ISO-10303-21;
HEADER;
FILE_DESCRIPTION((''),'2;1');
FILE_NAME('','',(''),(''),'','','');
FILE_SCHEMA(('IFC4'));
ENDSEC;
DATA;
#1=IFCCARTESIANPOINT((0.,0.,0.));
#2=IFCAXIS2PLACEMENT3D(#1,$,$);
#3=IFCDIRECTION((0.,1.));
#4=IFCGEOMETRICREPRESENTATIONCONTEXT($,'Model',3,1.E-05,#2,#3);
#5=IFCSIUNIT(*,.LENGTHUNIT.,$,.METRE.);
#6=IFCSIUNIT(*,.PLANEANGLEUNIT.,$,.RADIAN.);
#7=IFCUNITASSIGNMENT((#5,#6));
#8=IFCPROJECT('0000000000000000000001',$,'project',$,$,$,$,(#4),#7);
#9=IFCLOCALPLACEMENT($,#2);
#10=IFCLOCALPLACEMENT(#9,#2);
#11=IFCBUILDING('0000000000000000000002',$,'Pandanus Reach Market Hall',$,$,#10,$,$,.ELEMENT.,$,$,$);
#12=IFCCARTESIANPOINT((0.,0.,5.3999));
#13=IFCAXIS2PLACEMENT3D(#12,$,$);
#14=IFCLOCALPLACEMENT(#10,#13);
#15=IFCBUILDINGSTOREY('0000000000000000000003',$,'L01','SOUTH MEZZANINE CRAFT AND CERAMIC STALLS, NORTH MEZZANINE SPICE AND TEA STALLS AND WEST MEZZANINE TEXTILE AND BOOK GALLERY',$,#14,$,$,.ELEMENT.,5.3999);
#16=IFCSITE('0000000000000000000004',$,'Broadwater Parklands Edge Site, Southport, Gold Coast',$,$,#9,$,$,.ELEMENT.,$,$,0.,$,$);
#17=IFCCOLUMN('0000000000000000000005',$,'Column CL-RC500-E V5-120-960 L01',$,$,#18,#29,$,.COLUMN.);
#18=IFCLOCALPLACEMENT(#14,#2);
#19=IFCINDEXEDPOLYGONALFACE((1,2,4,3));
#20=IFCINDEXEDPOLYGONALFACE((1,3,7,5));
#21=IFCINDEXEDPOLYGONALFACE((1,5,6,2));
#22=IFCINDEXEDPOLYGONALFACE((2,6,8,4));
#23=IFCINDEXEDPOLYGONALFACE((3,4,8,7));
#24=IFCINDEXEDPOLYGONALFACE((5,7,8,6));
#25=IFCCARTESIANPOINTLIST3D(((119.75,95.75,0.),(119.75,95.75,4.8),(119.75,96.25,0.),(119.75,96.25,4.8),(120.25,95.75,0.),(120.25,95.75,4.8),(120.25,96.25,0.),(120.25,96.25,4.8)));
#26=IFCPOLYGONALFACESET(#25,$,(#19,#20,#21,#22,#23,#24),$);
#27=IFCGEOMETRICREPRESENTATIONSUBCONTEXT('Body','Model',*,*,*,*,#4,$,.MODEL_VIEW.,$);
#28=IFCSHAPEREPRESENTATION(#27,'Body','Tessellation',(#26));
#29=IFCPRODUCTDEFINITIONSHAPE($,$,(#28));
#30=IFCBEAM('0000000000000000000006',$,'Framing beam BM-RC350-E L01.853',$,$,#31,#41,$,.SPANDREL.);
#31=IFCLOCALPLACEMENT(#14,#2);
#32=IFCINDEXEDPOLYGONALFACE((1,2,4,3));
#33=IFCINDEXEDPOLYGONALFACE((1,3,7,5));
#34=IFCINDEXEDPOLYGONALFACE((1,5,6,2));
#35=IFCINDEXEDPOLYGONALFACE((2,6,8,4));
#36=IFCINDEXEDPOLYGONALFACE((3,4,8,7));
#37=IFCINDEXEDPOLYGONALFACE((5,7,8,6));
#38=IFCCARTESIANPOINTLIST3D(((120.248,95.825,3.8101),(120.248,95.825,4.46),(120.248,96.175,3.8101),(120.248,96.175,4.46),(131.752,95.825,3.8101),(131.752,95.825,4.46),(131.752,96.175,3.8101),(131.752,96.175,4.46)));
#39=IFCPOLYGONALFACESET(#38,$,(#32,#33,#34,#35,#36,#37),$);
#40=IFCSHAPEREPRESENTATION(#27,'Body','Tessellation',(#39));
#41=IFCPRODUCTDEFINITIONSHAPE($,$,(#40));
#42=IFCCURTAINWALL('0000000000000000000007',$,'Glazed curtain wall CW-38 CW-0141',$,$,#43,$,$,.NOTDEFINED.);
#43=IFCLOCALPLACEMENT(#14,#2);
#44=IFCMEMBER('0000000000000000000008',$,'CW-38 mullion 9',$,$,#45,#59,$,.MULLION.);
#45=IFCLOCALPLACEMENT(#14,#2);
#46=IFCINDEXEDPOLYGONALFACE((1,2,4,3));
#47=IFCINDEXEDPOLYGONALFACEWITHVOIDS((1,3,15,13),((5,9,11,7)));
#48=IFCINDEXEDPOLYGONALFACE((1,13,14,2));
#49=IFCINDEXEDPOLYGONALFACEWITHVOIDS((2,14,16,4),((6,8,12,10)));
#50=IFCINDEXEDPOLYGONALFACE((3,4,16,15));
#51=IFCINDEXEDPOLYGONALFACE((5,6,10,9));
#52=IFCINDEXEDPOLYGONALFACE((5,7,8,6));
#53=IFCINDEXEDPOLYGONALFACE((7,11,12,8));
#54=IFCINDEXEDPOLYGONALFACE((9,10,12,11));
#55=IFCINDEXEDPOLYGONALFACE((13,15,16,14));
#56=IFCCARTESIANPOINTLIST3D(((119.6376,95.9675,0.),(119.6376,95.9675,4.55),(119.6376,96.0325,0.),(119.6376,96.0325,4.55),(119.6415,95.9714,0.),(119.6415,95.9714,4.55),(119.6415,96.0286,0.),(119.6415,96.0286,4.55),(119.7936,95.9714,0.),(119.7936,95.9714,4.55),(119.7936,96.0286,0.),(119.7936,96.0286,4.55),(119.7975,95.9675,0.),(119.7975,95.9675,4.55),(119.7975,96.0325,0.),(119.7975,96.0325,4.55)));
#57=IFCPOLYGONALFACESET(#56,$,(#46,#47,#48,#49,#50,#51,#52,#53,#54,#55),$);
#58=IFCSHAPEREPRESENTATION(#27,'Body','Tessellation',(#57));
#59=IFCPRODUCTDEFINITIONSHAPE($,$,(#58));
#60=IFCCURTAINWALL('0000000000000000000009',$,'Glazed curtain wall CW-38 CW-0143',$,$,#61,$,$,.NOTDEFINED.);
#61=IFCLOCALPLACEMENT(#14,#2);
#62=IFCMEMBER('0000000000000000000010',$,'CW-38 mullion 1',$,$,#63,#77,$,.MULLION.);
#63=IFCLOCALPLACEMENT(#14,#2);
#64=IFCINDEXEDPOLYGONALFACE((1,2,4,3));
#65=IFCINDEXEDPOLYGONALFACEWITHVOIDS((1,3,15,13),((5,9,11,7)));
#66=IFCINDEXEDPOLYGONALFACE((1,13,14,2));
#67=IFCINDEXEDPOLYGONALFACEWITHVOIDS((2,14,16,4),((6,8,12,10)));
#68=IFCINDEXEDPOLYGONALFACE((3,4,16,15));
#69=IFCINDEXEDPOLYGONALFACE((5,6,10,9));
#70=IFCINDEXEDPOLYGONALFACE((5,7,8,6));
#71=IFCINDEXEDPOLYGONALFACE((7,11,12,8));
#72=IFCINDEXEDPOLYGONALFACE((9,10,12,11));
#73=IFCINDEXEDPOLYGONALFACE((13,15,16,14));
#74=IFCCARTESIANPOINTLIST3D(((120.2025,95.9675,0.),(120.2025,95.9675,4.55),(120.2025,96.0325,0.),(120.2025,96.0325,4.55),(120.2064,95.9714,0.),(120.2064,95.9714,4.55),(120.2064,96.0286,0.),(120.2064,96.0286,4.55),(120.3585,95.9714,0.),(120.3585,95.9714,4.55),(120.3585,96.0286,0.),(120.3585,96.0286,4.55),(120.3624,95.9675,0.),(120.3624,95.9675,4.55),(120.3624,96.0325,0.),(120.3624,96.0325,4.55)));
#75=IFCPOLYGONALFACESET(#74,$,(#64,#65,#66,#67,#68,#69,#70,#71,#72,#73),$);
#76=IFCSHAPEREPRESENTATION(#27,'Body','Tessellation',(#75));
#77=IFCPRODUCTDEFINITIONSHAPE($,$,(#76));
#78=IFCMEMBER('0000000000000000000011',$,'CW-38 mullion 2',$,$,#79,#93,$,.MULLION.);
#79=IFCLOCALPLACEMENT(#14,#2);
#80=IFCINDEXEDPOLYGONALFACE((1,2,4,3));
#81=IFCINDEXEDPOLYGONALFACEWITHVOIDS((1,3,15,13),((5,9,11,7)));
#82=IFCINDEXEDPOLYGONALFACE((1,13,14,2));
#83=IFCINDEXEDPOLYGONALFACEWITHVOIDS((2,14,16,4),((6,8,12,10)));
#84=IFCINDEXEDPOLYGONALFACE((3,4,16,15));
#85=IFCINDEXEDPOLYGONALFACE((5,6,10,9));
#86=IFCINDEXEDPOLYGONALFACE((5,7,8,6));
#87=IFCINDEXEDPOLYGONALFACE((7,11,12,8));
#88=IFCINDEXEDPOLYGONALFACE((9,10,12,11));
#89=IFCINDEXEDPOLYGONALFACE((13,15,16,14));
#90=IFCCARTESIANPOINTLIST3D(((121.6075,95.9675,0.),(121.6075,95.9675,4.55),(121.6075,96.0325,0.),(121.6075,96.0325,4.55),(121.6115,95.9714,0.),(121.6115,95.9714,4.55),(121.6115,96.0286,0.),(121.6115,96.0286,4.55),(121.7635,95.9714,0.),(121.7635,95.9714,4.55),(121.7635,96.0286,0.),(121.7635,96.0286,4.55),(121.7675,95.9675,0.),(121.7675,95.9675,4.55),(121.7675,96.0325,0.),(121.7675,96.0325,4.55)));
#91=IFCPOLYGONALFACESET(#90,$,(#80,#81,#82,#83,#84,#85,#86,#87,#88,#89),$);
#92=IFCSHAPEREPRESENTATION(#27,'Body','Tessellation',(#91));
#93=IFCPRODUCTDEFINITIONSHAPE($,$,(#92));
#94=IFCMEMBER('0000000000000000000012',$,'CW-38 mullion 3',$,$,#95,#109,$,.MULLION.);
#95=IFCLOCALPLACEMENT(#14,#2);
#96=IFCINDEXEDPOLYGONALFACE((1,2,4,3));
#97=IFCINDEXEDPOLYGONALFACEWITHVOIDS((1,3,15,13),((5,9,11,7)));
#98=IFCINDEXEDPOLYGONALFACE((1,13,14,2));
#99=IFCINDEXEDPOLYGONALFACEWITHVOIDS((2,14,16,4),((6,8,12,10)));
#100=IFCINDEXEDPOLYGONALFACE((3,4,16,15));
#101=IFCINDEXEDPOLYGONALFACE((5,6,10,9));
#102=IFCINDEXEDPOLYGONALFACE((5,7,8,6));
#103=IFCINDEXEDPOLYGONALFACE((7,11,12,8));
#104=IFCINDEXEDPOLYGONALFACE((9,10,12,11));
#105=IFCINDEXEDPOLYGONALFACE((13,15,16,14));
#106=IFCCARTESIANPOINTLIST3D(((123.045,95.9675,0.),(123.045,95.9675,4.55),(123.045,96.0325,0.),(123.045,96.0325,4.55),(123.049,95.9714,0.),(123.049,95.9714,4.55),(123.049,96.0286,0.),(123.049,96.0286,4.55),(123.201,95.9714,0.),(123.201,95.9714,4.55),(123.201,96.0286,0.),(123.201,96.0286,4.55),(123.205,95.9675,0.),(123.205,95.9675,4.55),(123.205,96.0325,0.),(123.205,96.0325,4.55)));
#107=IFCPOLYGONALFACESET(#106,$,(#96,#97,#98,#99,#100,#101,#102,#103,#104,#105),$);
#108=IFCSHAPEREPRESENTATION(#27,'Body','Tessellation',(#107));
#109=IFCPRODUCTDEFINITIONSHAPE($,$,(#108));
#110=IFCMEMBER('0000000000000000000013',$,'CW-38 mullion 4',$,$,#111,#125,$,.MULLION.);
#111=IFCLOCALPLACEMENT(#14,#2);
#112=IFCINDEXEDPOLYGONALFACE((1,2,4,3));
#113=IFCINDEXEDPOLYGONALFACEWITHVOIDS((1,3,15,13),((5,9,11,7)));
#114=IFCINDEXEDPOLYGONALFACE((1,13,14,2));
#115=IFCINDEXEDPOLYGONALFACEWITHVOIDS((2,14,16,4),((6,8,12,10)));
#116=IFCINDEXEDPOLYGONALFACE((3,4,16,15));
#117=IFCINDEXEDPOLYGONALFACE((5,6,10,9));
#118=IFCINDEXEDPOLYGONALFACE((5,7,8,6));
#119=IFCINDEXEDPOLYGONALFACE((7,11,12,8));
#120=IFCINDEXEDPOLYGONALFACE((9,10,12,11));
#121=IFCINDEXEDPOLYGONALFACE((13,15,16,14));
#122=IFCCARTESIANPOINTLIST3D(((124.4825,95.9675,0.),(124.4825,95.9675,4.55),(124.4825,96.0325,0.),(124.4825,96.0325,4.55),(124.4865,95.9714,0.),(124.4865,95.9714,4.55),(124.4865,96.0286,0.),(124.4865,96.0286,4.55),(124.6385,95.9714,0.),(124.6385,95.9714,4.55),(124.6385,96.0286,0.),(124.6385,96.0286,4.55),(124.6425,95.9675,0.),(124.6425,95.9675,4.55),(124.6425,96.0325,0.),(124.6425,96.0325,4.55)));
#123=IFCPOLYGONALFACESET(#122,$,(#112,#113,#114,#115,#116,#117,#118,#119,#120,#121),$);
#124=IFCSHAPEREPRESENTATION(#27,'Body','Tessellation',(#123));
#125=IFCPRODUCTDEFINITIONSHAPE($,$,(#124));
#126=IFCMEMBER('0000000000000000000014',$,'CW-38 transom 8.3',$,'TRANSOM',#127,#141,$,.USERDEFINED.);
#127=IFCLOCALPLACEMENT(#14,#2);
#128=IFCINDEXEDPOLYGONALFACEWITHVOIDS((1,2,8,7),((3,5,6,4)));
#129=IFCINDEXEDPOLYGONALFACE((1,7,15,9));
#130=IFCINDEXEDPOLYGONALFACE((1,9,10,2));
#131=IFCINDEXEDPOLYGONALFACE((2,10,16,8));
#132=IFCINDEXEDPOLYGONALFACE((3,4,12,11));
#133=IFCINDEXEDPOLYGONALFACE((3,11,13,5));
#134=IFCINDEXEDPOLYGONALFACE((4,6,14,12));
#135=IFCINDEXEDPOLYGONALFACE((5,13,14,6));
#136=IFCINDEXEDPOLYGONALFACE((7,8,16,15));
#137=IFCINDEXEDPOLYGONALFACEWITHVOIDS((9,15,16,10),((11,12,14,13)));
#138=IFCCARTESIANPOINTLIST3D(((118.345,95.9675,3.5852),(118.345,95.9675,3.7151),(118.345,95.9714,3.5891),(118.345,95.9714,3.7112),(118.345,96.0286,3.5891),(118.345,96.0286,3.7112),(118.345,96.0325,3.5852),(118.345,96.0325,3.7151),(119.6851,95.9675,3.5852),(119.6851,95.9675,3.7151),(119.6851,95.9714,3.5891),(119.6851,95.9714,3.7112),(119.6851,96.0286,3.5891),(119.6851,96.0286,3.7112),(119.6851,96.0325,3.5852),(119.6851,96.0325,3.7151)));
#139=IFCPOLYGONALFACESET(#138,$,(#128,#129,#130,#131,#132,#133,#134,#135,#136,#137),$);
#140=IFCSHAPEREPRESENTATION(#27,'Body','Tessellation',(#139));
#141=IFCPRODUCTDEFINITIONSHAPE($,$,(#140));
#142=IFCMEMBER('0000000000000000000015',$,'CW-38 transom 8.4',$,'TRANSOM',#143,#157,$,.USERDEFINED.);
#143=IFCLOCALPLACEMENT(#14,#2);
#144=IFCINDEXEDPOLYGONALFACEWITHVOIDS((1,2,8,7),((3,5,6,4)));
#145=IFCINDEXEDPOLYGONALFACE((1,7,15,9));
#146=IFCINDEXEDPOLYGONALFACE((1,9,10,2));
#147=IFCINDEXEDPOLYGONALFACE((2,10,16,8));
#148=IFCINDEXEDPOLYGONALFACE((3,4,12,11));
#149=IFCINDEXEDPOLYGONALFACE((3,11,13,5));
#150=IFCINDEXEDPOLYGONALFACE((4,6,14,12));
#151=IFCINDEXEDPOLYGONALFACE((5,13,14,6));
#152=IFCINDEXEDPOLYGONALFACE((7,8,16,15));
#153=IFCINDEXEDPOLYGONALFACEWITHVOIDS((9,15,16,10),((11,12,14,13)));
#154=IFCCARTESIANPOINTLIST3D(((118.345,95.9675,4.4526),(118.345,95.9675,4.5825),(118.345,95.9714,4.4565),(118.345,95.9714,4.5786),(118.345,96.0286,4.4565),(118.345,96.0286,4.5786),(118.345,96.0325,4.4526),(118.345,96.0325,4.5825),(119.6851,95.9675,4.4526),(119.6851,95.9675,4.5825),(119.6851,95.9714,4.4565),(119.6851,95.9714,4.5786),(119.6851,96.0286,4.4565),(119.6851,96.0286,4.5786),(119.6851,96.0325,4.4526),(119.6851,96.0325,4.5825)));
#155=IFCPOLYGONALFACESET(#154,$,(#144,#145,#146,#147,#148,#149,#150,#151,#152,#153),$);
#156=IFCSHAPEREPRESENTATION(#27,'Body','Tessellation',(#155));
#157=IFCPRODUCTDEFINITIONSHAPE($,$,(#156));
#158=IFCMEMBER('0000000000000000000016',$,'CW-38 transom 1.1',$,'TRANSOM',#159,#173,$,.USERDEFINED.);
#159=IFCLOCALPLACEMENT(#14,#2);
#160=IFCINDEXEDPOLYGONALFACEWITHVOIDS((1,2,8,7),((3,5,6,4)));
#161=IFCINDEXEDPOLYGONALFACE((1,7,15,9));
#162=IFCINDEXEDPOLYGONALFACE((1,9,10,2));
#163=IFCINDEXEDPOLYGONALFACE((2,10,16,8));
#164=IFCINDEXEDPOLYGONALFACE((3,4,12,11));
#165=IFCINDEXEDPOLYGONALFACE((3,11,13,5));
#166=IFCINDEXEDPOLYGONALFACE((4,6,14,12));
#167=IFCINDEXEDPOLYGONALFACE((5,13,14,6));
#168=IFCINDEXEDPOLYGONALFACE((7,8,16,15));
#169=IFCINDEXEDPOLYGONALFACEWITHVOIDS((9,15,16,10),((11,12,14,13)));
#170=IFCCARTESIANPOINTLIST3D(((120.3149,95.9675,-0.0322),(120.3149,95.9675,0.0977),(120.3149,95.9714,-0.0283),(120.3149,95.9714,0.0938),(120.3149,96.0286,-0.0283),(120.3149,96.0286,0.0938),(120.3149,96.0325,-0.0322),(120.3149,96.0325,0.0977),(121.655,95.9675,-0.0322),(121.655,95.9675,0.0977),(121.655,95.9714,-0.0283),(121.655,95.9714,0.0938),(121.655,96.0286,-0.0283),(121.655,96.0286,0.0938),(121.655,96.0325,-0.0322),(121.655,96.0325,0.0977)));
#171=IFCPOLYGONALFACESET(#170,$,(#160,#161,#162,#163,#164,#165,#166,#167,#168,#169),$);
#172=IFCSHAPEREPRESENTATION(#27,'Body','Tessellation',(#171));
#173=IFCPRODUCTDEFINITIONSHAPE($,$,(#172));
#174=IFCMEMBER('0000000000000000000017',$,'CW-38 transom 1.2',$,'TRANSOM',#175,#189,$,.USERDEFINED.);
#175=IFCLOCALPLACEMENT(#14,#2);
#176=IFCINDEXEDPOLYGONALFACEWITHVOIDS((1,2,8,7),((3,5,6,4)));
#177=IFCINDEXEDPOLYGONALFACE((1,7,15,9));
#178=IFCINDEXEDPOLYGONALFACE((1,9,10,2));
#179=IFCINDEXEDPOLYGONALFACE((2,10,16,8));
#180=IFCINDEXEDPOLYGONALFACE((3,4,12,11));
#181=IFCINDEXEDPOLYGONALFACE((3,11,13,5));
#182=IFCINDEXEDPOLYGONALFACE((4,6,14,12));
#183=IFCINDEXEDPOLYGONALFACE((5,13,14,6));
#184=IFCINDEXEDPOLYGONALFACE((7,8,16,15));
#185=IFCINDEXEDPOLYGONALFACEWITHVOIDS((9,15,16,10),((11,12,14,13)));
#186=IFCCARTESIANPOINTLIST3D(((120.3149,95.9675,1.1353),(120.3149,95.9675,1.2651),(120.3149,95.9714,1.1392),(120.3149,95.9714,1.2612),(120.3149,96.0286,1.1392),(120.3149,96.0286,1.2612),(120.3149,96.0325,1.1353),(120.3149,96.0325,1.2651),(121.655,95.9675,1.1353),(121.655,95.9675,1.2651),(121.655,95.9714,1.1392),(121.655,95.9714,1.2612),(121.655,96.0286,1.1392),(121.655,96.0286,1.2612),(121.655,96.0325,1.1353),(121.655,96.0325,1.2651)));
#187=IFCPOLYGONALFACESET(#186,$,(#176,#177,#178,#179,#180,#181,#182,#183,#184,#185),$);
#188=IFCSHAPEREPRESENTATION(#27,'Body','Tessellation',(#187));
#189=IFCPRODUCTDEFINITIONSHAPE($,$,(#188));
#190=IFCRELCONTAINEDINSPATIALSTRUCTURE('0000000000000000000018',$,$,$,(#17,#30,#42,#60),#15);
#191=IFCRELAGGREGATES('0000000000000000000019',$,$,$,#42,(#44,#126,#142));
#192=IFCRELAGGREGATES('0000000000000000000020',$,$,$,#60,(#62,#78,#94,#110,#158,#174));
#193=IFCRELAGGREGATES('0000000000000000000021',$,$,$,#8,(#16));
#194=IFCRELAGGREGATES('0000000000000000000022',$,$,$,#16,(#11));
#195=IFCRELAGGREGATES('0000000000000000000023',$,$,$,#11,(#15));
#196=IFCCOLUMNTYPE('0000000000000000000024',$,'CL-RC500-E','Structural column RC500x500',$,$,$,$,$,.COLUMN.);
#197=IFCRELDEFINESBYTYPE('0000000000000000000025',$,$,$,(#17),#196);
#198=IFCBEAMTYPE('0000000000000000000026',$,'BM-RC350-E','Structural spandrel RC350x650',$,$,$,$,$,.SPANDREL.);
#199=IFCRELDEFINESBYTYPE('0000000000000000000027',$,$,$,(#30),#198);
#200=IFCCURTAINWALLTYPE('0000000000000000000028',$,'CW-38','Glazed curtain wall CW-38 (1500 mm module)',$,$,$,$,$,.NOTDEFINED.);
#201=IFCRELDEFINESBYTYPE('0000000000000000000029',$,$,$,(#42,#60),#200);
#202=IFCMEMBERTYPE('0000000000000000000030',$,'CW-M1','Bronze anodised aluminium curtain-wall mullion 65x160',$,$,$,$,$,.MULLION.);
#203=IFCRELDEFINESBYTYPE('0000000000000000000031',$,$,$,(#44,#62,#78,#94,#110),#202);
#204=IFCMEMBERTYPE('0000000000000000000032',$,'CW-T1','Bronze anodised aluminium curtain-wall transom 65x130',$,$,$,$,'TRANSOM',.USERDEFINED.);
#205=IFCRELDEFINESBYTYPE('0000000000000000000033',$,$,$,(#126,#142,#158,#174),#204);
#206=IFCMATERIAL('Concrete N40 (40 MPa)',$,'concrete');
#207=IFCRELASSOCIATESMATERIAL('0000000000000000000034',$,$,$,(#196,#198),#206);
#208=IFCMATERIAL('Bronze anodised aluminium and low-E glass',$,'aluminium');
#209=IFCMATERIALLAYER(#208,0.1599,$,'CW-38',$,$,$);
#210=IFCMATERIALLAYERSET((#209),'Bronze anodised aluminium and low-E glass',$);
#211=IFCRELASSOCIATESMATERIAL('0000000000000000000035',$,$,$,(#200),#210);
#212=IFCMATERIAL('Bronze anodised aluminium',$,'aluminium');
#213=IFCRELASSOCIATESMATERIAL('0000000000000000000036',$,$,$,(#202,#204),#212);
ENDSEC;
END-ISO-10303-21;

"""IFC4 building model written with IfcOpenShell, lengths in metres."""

from ifc_helpers import new_model, si_unit, direction, frame, origin, origin_2d, place, context, subcontext, project, spatial, rectangle, hollow_rectangle, extrude, material, layer, layer_set, material_profile, profile_set, type_object, element, aggregate, save


model = new_model("IFC4")

# Units and contexts
model_context = context("Model", 3, precision=1e-05, world=origin(), true_north=direction((0.0, 1.0)))
body_context = subcontext(model_context, "Body", "Model", "MODEL_VIEW")
ifc_project = project(units=[si_unit("LENGTHUNIT", "METRE"), si_unit("PLANEANGLEUNIT", "RADIAN")], contexts=[model_context])

# Site, building, storey
site_placement = place(None, origin())
site = spatial("IfcSite", under=ifc_project, at=site_placement, Name="Broadwater Parklands Edge Site, Southport, Gold Coast", CompositionType="ELEMENT", RefElevation=0.0)
building_placement = place(site_placement, origin())
building = spatial("IfcBuilding", under=site, at=building_placement, Name="Pandanus Reach Market Hall", CompositionType="ELEMENT")
storey_placement = place(building_placement, frame((0.0, 0.0, 5.3999)))
storey = spatial("IfcBuildingStorey", under=building, at=storey_placement, Name="L01", Description="SOUTH MEZZANINE CRAFT AND CERAMIC STALLS, NORTH MEZZANINE SPICE AND TEA STALLS AND WEST MEZZANINE TEXTILE AND BOOK GALLERY", CompositionType="ELEMENT", Elevation=5.3999)

# Column
ifc_material_1 = material(Name="Concrete N40 (40 MPa)", Category="concrete")
ifc_material_profile_1 = material_profile(ifc_material_1, rectangle(XDim=0.5, YDim=0.5, at=origin_2d()), Name="RC500x500", Category="LoadBearing")
ifc_profile_set_1 = profile_set([ifc_material_profile_1], Name="Concrete N40 (40 MPa)")
column_type = type_object("IfcColumnType", Name="CL-RC500-E", Description="Structural column RC500x500", PredefinedType="COLUMN", material=ifc_profile_set_1)
column_placement = place(storey_placement, frame((120.0, 96.0, 0.0), z_axis=(0.0, 0.0, 1.0), x_axis=(1.0, 0.0, 0.0)))
element("IfcColumn", 1, at=column_placement, inside=storey, type_object=column_type, Name="Column CL-RC500-E V5-120-960 L01", PredefinedType="COLUMN", context=body_context, shape_type="SweptSolid", body=[
    extrude(rectangle(XDim=0.5, YDim=0.5, at=origin_2d()), origin(), (0.0, 0.0, 1.0), 4.8),
])

# Beam
ifc_material_profile_2 = material_profile(ifc_material_1, rectangle(XDim=0.3501, YDim=0.6499, at=origin_2d()), Name="RC350x650", Category="LoadBearing")
ifc_profile_set_2 = profile_set([ifc_material_profile_2], Name="Concrete N40 (40 MPa)")
beam_type = type_object("IfcBeamType", Name="BM-RC350-E", Description="Structural spandrel RC350x650", PredefinedType="SPANDREL", material=ifc_profile_set_2)
beam_placement = place(storey_placement, frame((120.248, 96.0, 4.135), z_axis=(1.0, 0.0, 0.0), x_axis=(0.0, 1.0, 0.0)))
element("IfcBeam", 2, at=beam_placement, inside=storey, type_object=beam_type, Name="Framing beam BM-RC350-E L01.853", PredefinedType="SPANDREL", context=body_context, shape_type="SweptSolid", body=[
    extrude(rectangle(XDim=0.3501, YDim=0.6499, at=origin_2d()), origin(), (0.0, 0.0, 1.0), 11.5039),
])

# Curtain wall, member
ifc_material_2 = material(Name="Bronze anodised aluminium and low-E glass", Category="aluminium")
ifc_layer_1 = layer(ifc_material_2, 0.1599, Name="CW-38")
ifc_layer_set_1 = layer_set([ifc_layer_1], Name="Bronze anodised aluminium and low-E glass")
curtain_wall_type = type_object("IfcCurtainWallType", Name="CW-38", Description="Glazed curtain wall CW-38 (1500 mm module)", PredefinedType="NOTDEFINED", material=ifc_layer_set_1)
curtain_wall_1_placement = place(storey_placement, origin())
curtain_wall_1 = element("IfcCurtainWall", 3, at=curtain_wall_1_placement, inside=storey, type_object=curtain_wall_type, Name="Glazed curtain wall CW-38 CW-0141", PredefinedType="NOTDEFINED")
ifc_material_3 = material(Name="Bronze anodised aluminium", Category="aluminium")
ifc_material_profile_3 = material_profile(ifc_material_3, hollow_rectangle(XDim=0.0649, YDim=0.1599, WallThickness=0.0039, at=origin_2d()), Name="ALU65x160", Category="LoadBearing")
ifc_profile_set_3 = profile_set([ifc_material_profile_3], Name="Bronze anodised aluminium")
member_type_1 = type_object("IfcMemberType", Name="CW-M1", Description="Bronze anodised aluminium curtain-wall mullion 65x160", PredefinedType="MULLION", material=ifc_profile_set_3)
member_1_placement = place(storey_placement, frame((119.7175, 96.0, 0.0), z_axis=(0.0, 0.0, 1.0), x_axis=(0.0, 1.0, 0.0)))
member_1 = element("IfcMember", 4, at=member_1_placement, type_object=member_type_1, Name="CW-38 mullion 9", PredefinedType="MULLION", context=body_context, shape_type="SweptSolid", body=[
    extrude(hollow_rectangle(XDim=0.0649, YDim=0.1599, WallThickness=0.0039, at=origin_2d()), origin(), (0.0, 0.0, 1.0), 4.55),
])

# Curtain wall, members
curtain_wall_2_placement = place(storey_placement, origin())
curtain_wall_2 = element("IfcCurtainWall", 5, at=curtain_wall_2_placement, inside=storey, type_object=curtain_wall_type, Name="Glazed curtain wall CW-38 CW-0143", PredefinedType="NOTDEFINED")
member_2_placement = place(storey_placement, frame((120.2825, 96.0, 0.0), z_axis=(0.0, 0.0, 1.0), x_axis=(0.0, 1.0, 0.0)))
member_2 = element("IfcMember", 6, at=member_2_placement, type_object=member_type_1, Name="CW-38 mullion 1", PredefinedType="MULLION", context=body_context, shape_type="SweptSolid", body=[
    extrude(hollow_rectangle(XDim=0.0649, YDim=0.1599, WallThickness=0.0039, at=origin_2d()), origin(), (0.0, 0.0, 1.0), 4.55),
])
member_3_placement = place(storey_placement, frame((121.6875, 96.0, 0.0), z_axis=(0.0, 0.0, 1.0), x_axis=(0.0, 1.0, 0.0)))
member_3 = element("IfcMember", 7, at=member_3_placement, type_object=member_type_1, Name="CW-38 mullion 2", PredefinedType="MULLION", context=body_context, shape_type="SweptSolid", body=[
    extrude(hollow_rectangle(XDim=0.0649, YDim=0.1599, WallThickness=0.0039, at=origin_2d()), origin(), (0.0, 0.0, 1.0), 4.55),
])
member_4_placement = place(storey_placement, frame((123.125, 96.0, 0.0), z_axis=(0.0, 0.0, 1.0), x_axis=(0.0, 1.0, 0.0)))
member_4 = element("IfcMember", 8, at=member_4_placement, type_object=member_type_1, Name="CW-38 mullion 3", PredefinedType="MULLION", context=body_context, shape_type="SweptSolid", body=[
    extrude(hollow_rectangle(XDim=0.0649, YDim=0.1599, WallThickness=0.0039, at=origin_2d()), origin(), (0.0, 0.0, 1.0), 4.55),
])
member_5_placement = place(storey_placement, frame((124.5625, 96.0, 0.0), z_axis=(0.0, 0.0, 1.0), x_axis=(0.0, 1.0, 0.0)))
member_5 = element("IfcMember", 9, at=member_5_placement, type_object=member_type_1, Name="CW-38 mullion 4", PredefinedType="MULLION", context=body_context, shape_type="SweptSolid", body=[
    extrude(hollow_rectangle(XDim=0.0649, YDim=0.1599, WallThickness=0.0039, at=origin_2d()), origin(), (0.0, 0.0, 1.0), 4.55),
])

# Members
ifc_material_profile_4 = material_profile(ifc_material_3, hollow_rectangle(XDim=0.0649, YDim=0.1299, WallThickness=0.0039, at=origin_2d()), Name="ALU65x130", Category="LoadBearing")
ifc_profile_set_4 = profile_set([ifc_material_profile_4], Name="Bronze anodised aluminium")
member_type_2 = type_object("IfcMemberType", Name="CW-T1", Description="Bronze anodised aluminium curtain-wall transom 65x130", ElementType="TRANSOM", PredefinedType="USERDEFINED", material=ifc_profile_set_4)
member_6_placement = place(storey_placement, frame((118.345, 96.0, 3.6501), z_axis=(1.0, 0.0, 0.0), x_axis=(0.0, 1.0, 0.0)))
member_6 = element("IfcMember", 10, at=member_6_placement, type_object=member_type_2, Name="CW-38 transom 8.3", ObjectType="TRANSOM", PredefinedType="USERDEFINED", context=body_context, shape_type="SweptSolid", body=[
    extrude(hollow_rectangle(XDim=0.0649, YDim=0.1299, WallThickness=0.0039, at=origin_2d()), origin(), (0.0, 0.0, 1.0), 1.3401),
])
member_7_placement = place(storey_placement, frame((118.345, 96.0, 4.5176), z_axis=(1.0, 0.0, 0.0), x_axis=(0.0, 1.0, 0.0)))
member_7 = element("IfcMember", 11, at=member_7_placement, type_object=member_type_2, Name="CW-38 transom 8.4", ObjectType="TRANSOM", PredefinedType="USERDEFINED", context=body_context, shape_type="SweptSolid", body=[
    extrude(hollow_rectangle(XDim=0.0649, YDim=0.1299, WallThickness=0.0039, at=origin_2d()), origin(), (0.0, 0.0, 1.0), 1.3401),
])
member_8_placement = place(storey_placement, frame((120.3149, 96.0, 0.0327), z_axis=(1.0, 0.0, 0.0), x_axis=(0.0, 1.0, 0.0)))
member_8 = element("IfcMember", 12, at=member_8_placement, type_object=member_type_2, Name="CW-38 transom 1.1", ObjectType="TRANSOM", PredefinedType="USERDEFINED", context=body_context, shape_type="SweptSolid", body=[
    extrude(hollow_rectangle(XDim=0.0649, YDim=0.1299, WallThickness=0.0039, at=origin_2d()), origin(), (0.0, 0.0, 1.0), 1.3401),
])
member_9_placement = place(storey_placement, frame((120.3149, 96.0, 1.2002), z_axis=(1.0, 0.0, 0.0), x_axis=(0.0, 1.0, 0.0)))
member_9 = element("IfcMember", 13, at=member_9_placement, type_object=member_type_2, Name="CW-38 transom 1.2", ObjectType="TRANSOM", PredefinedType="USERDEFINED", context=body_context, shape_type="SweptSolid", body=[
    extrude(hollow_rectangle(XDim=0.0649, YDim=0.1299, WallThickness=0.0039, at=origin_2d()), origin(), (0.0, 0.0, 1.0), 1.3401),
])

aggregate(curtain_wall_1, [member_1, member_6, member_7])
aggregate(curtain_wall_2, [member_2, member_3, member_4, member_5, member_8, member_9])

save(model, "model.ifc")
